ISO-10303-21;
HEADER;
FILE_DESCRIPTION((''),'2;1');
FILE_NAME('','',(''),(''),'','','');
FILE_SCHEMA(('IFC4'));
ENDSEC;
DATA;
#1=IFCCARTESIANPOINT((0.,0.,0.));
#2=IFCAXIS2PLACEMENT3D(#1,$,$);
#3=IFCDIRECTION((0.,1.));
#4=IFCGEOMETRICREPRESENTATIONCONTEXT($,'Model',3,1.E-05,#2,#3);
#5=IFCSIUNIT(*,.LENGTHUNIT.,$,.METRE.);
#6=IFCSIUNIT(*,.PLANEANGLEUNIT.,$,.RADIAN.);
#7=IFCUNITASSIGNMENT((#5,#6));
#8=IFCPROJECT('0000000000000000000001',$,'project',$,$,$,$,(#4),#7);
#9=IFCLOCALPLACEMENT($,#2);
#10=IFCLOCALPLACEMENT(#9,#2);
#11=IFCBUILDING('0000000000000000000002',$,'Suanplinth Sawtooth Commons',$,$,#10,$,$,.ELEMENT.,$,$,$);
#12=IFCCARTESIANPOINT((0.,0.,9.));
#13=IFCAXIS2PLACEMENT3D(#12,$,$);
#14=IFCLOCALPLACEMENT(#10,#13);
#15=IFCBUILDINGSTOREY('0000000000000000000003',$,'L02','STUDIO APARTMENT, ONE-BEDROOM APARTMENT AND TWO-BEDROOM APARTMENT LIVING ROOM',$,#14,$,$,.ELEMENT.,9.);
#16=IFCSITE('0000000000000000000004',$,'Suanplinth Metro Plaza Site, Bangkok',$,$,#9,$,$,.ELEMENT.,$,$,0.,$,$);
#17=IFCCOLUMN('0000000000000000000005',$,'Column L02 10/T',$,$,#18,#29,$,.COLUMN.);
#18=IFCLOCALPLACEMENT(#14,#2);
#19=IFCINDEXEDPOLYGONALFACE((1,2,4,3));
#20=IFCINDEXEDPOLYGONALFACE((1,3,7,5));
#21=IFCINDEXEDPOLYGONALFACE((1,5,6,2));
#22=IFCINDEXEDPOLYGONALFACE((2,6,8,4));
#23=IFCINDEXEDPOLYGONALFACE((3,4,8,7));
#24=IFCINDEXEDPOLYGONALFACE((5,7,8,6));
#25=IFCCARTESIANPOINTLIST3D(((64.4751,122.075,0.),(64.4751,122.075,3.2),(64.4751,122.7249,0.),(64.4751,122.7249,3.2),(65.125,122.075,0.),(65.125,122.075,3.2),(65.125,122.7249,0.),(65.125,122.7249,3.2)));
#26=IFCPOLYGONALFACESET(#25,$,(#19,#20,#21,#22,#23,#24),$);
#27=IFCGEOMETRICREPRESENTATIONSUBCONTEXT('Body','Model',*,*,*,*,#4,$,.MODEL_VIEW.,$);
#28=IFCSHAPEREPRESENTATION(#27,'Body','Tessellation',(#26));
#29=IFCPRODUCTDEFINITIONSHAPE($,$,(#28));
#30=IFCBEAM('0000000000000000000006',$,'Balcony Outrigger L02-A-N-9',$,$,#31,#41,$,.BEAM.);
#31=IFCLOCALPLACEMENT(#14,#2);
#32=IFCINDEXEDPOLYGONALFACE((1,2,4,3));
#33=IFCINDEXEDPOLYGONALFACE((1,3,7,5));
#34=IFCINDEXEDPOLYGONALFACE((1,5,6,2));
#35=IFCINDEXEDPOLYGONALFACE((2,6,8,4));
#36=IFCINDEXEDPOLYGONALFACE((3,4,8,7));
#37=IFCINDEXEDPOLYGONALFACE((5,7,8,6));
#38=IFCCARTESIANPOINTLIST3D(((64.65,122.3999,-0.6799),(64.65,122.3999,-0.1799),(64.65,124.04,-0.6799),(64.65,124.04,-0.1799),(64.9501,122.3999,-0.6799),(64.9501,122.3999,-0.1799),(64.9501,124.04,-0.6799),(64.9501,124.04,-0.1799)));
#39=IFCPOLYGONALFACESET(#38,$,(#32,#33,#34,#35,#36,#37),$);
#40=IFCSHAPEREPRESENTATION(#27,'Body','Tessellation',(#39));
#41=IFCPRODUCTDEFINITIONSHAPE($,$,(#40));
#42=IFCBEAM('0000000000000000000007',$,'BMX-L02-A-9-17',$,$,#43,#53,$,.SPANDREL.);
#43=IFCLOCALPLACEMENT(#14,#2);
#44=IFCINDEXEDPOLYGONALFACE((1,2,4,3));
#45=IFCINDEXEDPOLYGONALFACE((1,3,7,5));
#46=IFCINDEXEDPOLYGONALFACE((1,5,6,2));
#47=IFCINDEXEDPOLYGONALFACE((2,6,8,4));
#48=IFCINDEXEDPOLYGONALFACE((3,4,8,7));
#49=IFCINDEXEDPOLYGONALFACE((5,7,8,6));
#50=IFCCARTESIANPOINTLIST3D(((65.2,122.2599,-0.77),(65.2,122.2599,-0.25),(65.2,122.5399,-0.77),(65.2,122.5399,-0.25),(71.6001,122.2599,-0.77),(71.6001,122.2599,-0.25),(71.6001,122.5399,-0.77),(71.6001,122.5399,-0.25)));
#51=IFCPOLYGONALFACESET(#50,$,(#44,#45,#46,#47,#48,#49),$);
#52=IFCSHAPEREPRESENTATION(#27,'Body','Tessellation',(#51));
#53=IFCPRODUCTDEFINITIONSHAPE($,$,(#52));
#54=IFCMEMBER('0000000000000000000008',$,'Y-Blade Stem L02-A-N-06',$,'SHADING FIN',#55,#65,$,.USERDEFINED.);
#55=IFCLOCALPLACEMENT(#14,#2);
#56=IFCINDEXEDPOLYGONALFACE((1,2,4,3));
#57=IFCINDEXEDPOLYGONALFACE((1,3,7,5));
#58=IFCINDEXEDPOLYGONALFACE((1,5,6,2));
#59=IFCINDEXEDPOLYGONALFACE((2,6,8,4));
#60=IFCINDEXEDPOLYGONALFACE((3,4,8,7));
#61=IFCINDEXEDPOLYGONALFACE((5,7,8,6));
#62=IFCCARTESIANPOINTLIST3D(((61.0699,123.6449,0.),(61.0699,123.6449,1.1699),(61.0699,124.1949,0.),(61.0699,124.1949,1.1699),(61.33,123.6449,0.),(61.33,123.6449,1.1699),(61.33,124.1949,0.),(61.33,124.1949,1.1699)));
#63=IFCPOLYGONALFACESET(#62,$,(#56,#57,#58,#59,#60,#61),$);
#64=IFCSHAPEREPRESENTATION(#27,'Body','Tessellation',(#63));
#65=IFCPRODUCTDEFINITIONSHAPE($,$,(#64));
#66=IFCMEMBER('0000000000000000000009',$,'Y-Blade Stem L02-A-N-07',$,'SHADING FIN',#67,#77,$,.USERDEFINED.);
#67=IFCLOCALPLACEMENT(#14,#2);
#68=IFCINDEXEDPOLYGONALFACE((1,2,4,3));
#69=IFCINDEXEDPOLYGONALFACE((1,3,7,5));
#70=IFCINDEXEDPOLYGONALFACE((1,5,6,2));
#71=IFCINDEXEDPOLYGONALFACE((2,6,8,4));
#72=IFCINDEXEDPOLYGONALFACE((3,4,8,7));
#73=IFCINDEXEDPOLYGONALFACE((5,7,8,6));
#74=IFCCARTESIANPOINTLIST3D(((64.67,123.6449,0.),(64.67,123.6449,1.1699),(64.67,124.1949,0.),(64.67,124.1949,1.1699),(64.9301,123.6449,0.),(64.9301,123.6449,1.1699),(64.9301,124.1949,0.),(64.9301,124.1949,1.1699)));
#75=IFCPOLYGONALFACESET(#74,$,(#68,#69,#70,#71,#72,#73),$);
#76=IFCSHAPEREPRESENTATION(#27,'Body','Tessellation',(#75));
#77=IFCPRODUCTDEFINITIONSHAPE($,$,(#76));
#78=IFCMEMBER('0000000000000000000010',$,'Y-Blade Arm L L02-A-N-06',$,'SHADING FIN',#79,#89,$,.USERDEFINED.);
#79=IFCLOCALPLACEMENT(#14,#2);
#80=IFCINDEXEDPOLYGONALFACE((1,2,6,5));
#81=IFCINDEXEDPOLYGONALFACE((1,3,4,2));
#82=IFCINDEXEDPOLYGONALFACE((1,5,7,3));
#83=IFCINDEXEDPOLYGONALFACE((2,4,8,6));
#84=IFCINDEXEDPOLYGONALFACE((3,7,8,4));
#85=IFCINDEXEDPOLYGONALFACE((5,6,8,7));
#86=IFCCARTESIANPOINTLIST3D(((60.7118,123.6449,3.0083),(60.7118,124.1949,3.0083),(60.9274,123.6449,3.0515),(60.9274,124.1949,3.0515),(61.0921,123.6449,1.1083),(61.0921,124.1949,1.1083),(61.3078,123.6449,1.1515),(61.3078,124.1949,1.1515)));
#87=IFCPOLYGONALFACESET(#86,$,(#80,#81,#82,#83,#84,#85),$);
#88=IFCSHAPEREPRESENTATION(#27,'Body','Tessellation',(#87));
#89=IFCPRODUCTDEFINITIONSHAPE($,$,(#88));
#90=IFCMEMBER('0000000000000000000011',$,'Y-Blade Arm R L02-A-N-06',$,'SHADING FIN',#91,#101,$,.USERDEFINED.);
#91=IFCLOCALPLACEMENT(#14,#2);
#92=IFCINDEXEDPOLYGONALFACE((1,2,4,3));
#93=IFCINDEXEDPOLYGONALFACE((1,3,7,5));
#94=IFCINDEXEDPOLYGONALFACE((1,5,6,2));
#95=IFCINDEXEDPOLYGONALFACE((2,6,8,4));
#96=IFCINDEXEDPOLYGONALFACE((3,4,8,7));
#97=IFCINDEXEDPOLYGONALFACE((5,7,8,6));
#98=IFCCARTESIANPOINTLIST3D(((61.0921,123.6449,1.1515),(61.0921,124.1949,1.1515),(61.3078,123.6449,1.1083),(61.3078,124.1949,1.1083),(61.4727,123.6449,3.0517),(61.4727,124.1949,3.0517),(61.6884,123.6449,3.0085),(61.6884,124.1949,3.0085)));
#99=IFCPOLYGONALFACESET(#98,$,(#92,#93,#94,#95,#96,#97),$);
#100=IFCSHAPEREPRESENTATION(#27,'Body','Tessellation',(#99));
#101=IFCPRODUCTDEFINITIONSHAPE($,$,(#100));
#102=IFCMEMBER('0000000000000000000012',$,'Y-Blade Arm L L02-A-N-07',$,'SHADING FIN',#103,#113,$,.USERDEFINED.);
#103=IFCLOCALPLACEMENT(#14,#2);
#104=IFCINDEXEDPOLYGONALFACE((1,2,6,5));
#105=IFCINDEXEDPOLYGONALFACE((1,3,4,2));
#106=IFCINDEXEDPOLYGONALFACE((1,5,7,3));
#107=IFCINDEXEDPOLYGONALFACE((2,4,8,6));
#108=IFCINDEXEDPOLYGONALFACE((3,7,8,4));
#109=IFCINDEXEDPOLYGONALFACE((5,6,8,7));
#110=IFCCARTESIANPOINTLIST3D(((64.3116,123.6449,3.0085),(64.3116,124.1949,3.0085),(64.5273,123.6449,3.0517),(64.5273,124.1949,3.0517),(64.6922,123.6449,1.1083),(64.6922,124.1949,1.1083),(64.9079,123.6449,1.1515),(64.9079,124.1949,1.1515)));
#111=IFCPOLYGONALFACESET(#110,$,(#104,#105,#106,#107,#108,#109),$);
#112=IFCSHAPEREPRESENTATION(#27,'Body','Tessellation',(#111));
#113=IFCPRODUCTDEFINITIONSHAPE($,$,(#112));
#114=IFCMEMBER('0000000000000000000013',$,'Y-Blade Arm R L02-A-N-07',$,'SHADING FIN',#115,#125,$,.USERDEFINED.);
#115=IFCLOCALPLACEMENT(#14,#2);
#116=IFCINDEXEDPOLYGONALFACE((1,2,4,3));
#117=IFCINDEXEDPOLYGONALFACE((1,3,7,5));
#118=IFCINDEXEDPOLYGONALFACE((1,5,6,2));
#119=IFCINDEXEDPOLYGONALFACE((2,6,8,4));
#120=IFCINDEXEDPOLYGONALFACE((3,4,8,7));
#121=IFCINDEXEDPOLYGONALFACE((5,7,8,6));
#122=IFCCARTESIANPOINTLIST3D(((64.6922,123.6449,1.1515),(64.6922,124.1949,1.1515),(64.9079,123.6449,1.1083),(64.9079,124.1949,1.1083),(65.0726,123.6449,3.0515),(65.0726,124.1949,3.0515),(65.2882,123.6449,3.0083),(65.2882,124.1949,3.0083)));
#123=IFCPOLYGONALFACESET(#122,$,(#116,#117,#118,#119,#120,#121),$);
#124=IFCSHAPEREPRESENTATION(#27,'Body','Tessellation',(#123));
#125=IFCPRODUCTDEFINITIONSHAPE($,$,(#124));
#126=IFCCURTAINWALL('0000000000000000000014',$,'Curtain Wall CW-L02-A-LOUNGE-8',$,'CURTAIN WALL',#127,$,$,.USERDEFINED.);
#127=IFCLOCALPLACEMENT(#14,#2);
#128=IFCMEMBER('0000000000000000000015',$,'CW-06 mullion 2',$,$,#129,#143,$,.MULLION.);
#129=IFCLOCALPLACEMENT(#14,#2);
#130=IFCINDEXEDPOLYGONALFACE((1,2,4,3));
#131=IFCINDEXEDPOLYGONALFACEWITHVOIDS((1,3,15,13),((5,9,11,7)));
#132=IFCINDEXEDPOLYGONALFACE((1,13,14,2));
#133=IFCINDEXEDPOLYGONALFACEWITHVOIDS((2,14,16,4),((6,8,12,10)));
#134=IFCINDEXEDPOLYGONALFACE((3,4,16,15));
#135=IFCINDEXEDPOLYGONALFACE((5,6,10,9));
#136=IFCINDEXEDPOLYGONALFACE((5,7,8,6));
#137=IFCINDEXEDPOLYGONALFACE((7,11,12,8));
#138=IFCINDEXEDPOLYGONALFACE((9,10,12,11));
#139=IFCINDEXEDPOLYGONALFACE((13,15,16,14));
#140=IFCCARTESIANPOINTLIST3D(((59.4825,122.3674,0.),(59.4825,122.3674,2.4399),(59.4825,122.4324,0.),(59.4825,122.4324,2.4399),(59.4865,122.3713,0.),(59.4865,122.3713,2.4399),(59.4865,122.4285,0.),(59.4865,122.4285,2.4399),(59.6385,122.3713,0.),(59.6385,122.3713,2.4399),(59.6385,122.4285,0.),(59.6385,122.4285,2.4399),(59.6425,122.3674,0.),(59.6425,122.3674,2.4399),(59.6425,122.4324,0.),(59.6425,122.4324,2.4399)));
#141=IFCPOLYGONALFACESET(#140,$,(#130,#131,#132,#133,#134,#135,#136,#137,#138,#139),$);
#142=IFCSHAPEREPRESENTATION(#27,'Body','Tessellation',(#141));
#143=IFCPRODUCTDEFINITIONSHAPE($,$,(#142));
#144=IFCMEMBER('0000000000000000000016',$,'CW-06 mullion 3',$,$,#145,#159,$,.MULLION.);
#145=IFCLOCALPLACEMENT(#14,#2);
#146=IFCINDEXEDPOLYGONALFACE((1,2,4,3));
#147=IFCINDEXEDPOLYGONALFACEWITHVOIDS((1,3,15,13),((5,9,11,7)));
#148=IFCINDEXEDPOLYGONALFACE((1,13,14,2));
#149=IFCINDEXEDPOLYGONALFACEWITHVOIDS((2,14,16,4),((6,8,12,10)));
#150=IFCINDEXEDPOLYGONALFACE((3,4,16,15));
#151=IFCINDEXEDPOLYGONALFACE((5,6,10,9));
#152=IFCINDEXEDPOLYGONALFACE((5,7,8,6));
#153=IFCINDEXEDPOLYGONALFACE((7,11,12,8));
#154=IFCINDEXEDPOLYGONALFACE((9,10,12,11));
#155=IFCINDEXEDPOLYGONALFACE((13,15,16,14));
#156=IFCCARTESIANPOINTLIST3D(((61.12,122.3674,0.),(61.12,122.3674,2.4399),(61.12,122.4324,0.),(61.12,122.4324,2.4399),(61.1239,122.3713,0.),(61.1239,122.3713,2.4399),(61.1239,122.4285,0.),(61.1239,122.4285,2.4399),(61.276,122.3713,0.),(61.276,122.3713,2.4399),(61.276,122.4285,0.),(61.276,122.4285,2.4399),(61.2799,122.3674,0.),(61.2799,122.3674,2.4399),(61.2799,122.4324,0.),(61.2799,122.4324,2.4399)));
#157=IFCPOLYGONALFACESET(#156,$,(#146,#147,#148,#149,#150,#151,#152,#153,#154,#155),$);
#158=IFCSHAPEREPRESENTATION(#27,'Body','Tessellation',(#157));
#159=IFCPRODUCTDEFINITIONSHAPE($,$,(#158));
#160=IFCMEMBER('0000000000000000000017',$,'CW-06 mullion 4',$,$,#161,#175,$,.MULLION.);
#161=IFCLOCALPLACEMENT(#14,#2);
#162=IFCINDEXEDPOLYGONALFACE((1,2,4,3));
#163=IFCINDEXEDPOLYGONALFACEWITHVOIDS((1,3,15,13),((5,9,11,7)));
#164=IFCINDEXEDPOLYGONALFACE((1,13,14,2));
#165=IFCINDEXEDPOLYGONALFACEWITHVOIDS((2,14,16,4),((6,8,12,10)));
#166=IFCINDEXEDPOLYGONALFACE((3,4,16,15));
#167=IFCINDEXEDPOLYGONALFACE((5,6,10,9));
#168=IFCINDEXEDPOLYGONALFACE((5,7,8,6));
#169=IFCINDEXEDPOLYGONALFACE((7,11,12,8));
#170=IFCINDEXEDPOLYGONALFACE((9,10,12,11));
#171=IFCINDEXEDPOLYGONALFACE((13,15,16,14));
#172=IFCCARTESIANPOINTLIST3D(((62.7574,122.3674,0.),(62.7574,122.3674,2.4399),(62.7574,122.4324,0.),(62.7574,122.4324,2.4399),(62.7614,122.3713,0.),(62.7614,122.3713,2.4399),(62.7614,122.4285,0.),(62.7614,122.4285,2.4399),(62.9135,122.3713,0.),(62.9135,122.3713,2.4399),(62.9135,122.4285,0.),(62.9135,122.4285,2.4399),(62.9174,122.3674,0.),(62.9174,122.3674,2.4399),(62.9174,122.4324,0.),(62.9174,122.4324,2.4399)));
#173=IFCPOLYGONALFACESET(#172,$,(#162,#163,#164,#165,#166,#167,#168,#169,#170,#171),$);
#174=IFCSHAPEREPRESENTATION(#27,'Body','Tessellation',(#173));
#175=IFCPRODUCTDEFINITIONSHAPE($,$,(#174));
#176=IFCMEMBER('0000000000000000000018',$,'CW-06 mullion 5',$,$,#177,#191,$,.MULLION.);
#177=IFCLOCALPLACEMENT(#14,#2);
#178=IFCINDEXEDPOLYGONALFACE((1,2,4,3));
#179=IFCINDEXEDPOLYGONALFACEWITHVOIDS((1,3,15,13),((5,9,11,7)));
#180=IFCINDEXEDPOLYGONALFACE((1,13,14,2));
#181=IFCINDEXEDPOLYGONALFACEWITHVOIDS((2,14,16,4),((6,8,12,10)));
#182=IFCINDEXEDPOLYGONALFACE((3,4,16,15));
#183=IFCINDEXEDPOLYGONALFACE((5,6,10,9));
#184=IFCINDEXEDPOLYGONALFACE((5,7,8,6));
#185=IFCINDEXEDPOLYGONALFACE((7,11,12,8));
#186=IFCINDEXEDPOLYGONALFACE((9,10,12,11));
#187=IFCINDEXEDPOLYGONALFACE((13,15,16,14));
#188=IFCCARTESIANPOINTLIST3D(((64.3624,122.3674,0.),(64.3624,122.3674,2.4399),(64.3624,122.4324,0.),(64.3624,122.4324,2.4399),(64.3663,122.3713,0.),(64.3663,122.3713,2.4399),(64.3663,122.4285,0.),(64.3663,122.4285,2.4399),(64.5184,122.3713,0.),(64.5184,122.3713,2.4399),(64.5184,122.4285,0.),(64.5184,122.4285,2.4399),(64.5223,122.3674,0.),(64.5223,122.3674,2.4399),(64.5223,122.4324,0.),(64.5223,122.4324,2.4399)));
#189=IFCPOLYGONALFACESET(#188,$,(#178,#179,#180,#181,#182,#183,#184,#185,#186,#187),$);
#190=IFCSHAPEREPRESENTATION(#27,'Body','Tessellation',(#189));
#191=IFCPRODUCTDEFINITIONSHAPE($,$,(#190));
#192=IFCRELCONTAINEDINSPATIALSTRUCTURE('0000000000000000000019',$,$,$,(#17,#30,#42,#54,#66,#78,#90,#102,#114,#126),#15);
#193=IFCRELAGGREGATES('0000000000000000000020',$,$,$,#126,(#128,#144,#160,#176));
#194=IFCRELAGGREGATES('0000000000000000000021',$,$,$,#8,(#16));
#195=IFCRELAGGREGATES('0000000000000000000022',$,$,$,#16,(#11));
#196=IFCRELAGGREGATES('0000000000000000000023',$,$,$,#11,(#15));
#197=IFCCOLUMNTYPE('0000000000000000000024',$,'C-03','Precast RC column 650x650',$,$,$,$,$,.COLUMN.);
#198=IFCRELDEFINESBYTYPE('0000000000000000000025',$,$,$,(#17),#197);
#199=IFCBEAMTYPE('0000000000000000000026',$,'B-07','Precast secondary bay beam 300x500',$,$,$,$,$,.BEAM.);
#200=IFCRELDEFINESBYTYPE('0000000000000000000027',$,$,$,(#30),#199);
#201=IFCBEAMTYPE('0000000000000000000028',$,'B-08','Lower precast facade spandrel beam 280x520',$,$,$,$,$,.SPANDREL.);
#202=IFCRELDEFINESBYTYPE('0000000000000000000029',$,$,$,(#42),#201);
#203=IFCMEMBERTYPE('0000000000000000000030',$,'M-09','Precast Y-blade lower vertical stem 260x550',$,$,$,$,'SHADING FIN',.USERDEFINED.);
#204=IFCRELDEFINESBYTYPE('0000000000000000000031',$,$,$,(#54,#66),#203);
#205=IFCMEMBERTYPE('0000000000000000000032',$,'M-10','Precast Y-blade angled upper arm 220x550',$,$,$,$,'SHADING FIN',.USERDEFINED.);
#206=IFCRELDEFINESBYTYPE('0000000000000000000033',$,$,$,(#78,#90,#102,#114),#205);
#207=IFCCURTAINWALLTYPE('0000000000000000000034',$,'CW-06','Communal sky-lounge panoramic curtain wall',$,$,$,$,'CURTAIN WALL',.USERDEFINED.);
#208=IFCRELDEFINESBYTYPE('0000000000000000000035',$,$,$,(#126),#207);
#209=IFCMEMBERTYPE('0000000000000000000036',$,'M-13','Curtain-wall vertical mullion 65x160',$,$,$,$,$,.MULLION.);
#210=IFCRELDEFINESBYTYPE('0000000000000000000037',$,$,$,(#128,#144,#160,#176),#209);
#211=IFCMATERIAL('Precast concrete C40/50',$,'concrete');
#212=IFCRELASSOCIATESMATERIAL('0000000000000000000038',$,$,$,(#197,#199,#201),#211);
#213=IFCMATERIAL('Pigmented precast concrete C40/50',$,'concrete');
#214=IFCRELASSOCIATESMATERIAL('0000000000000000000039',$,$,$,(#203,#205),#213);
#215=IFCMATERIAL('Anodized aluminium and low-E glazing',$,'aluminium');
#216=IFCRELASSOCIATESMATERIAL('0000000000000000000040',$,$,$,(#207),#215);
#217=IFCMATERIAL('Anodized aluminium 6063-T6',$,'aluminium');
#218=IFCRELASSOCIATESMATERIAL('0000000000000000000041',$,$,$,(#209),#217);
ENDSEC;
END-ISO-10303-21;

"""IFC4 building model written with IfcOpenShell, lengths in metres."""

from ifc_helpers import new_model, si_unit, direction, frame, origin, origin_2d, place, context, subcontext, project, spatial, rectangle, hollow_rectangle, extrude, material, material_profile, profile_set, type_object, element, aggregate, save


model = new_model("IFC4")

# Units and contexts
model_context = context("Model", 3, precision=1e-05, world=origin(), true_north=direction((0.0, 1.0)))
body_context = subcontext(model_context, "Body", "Model", "MODEL_VIEW")
ifc_project = project(units=[si_unit("LENGTHUNIT", "METRE"), si_unit("PLANEANGLEUNIT", "RADIAN")], contexts=[model_context])

# Site, building, storey
site_placement = place(None, origin())
site = spatial("IfcSite", under=ifc_project, at=site_placement, Name="Suanplinth Metro Plaza Site, Bangkok", CompositionType="ELEMENT", RefElevation=0.0)
building_placement = place(site_placement, origin())
building = spatial("IfcBuilding", under=site, at=building_placement, Name="Suanplinth Sawtooth Commons", CompositionType="ELEMENT")
storey_placement = place(building_placement, frame((0.0, 0.0, 9.0)))
storey = spatial("IfcBuildingStorey", under=building, at=storey_placement, Name="L02", Description="STUDIO APARTMENT, ONE-BEDROOM APARTMENT AND TWO-BEDROOM APARTMENT LIVING ROOM", CompositionType="ELEMENT", Elevation=9.0)

# Column
ifc_material_1 = material(Name="Precast concrete C40/50", Category="concrete")
ifc_material_profile_1 = material_profile(ifc_material_1, rectangle(XDim=0.6499, YDim=0.6499, at=origin_2d()), Name="PC-COL 650x650")
ifc_profile_set_1 = profile_set([ifc_material_profile_1], Name="Precast concrete C40/50")
column_type = type_object("IfcColumnType", Name="C-03", Description="Precast RC column 650x650", PredefinedType="COLUMN", material=ifc_profile_set_1)
column_placement = place(storey_placement, frame((64.8, 122.3999, 0.0), z_axis=(0.0, 0.0, 1.0), x_axis=(1.0, 0.0, 0.0)))
element("IfcColumn", 1, at=column_placement, inside=storey, type_object=column_type, Name="Column L02 10/T", PredefinedType="COLUMN", context=body_context, shape_type="SweptSolid", body=[
    extrude(rectangle(XDim=0.6499, YDim=0.6499, at=origin_2d()), origin(), (0.0, 0.0, 1.0), 3.2),
])

# Beams
ifc_material_profile_2 = material_profile(ifc_material_1, rectangle(XDim=0.3, YDim=0.5, at=origin_2d()), Name="PC-BM 300x500")
ifc_profile_set_2 = profile_set([ifc_material_profile_2], Name="Precast concrete C40/50")
beam_type_1 = type_object("IfcBeamType", Name="B-07", Description="Precast secondary bay beam 300x500", PredefinedType="BEAM", material=ifc_profile_set_2)
beam_1_placement = place(storey_placement, frame((64.8, 122.3999, -0.4299), z_axis=(0.0, 1.0, 0.0), x_axis=(-1.0, 0.0, 0.0)))
element("IfcBeam", 2, at=beam_1_placement, inside=storey, type_object=beam_type_1, Name="Balcony Outrigger L02-A-N-9", PredefinedType="BEAM", context=body_context, shape_type="SweptSolid", body=[
    extrude(rectangle(XDim=0.3, YDim=0.5, at=origin_2d()), origin(), (0.0, 0.0, 1.0), 1.6401),
])
ifc_material_profile_3 = material_profile(ifc_material_1, rectangle(XDim=0.28, YDim=0.52, at=origin_2d()), Name="PC-SP 280x520")
ifc_profile_set_3 = profile_set([ifc_material_profile_3], Name="Precast concrete C40/50")
beam_type_2 = type_object("IfcBeamType", Name="B-08", Description="Lower precast facade spandrel beam 280x520", PredefinedType="SPANDREL", material=ifc_profile_set_3)
beam_2_placement = place(storey_placement, frame((65.2, 122.3999, -0.51), z_axis=(1.0, 0.0, 0.0), x_axis=(0.0, 1.0, 0.0)))
element("IfcBeam", 3, at=beam_2_placement, inside=storey, type_object=beam_type_2, Name="BMX-L02-A-9-17", PredefinedType="SPANDREL", context=body_context, shape_type="SweptSolid", body=[
    extrude(rectangle(XDim=0.28, YDim=0.52, at=origin_2d()), origin(), (0.0, 0.0, 1.0), 6.4001),
])

# Members
ifc_material_2 = material(Name="Pigmented precast concrete C40/50", Category="concrete")
ifc_material_profile_4 = material_profile(ifc_material_2, rectangle(XDim=0.26, YDim=0.55, at=origin_2d()), Name="PC-FIN 260x550")
ifc_profile_set_4 = profile_set([ifc_material_profile_4], Name="Pigmented precast concrete C40/50")
member_type_1 = type_object("IfcMemberType", Name="M-09", Description="Precast Y-blade lower vertical stem 260x550", ElementType="SHADING FIN", PredefinedType="USERDEFINED", material=ifc_profile_set_4)
for number, where, z_axis, x_axis, name in (
    (4, (61.2, 123.9199, 0.0), (0.0, 0.0, 1.0), (1.0, 0.0, 0.0), "Y-Blade Stem L02-A-N-06"),
    (5, (64.8, 123.9199, 0.0), (0.0, 0.0, 1.0), (1.0, 0.0, 0.0), "Y-Blade Stem L02-A-N-07"),
):
    element("IfcMember", number, at=place(storey_placement, frame(where, z_axis=z_axis, x_axis=x_axis)), inside=storey, type_object=member_type_1, Name=name, ObjectType="SHADING FIN", PredefinedType="USERDEFINED", context=body_context, shape_type="SweptSolid", body=[
        extrude(rectangle(XDim=0.26, YDim=0.55, at=origin_2d()), origin(), (0.0, 0.0, 1.0), 1.1699),
    ])
ifc_material_profile_5 = material_profile(ifc_material_2, rectangle(XDim=0.22, YDim=0.55, at=origin_2d()), Name="PC-FIN 220x550")
ifc_profile_set_5 = profile_set([ifc_material_profile_5], Name="Pigmented precast concrete C40/50")
member_type_2 = type_object("IfcMemberType", Name="M-10", Description="Precast Y-blade angled upper arm 220x550", ElementType="SHADING FIN", PredefinedType="USERDEFINED", material=ifc_profile_set_5)
member_1_placement = place(storey_placement, frame((61.2, 123.9199, 1.1299), z_axis=(-0.196286, 0.0, 0.980547), x_axis=(0.980547, 0.0, 0.196286)))
element("IfcMember", 6, at=member_1_placement, inside=storey, type_object=member_type_2, Name="Y-Blade Arm L L02-A-N-06", ObjectType="SHADING FIN", PredefinedType="USERDEFINED", context=body_context, shape_type="SweptSolid", body=[
    extrude(rectangle(XDim=0.22, YDim=0.55, at=origin_2d()), origin(), (0.0, 0.0, 1.0), 1.9377),
])
for number, where, z_axis, x_axis, name in (
    (7, (61.2, 123.9199, 1.1299), (0.196407, 0.0, 0.980522), (-0.980522, 0.0, 0.196407), "Y-Blade Arm R L02-A-N-06"),
    (8, (64.8, 123.9199, 1.1299), (-0.196407, 0.0, 0.980522), (0.980522, 0.0, 0.196407), "Y-Blade Arm L L02-A-N-07"),
):
    element("IfcMember", number, at=place(storey_placement, frame(where, z_axis=z_axis, x_axis=x_axis)), inside=storey, type_object=member_type_2, Name=name, ObjectType="SHADING FIN", PredefinedType="USERDEFINED", context=body_context, shape_type="SweptSolid", body=[
        extrude(rectangle(XDim=0.22, YDim=0.55, at=origin_2d()), origin(), (0.0, 0.0, 1.0), 1.938),
    ])
member_2_placement = place(storey_placement, frame((64.8, 123.9199, 1.1299), z_axis=(0.196286, 0.0, 0.980547), x_axis=(-0.980547, 0.0, 0.196286)))
element("IfcMember", 9, at=member_2_placement, inside=storey, type_object=member_type_2, Name="Y-Blade Arm R L02-A-N-07", ObjectType="SHADING FIN", PredefinedType="USERDEFINED", context=body_context, shape_type="SweptSolid", body=[
    extrude(rectangle(XDim=0.22, YDim=0.55, at=origin_2d()), origin(), (0.0, 0.0, 1.0), 1.9377),
])

# Curtain wall, members
ifc_material_3 = material(Name="Anodized aluminium and low-E glazing", Category="aluminium")
curtain_wall_type = type_object("IfcCurtainWallType", Name="CW-06", Description="Communal sky-lounge panoramic curtain wall", ElementType="CURTAIN WALL", PredefinedType="USERDEFINED", material=ifc_material_3)
curtain_wall_placement = place(storey_placement, origin())
curtain_wall = element("IfcCurtainWall", 10, at=curtain_wall_placement, inside=storey, type_object=curtain_wall_type, Name="Curtain Wall CW-L02-A-LOUNGE-8", ObjectType="CURTAIN WALL", PredefinedType="USERDEFINED")
ifc_material_4 = material(Name="Anodized aluminium 6063-T6", Category="aluminium")
ifc_material_profile_6 = material_profile(ifc_material_4, hollow_rectangle(XDim=0.0649, YDim=0.1599, WallThickness=0.0039, at=origin_2d()), Name="ALU-MUL 65x160")
ifc_profile_set_6 = profile_set([ifc_material_profile_6], Name="Anodized aluminium 6063-T6")
member_type_3 = type_object("IfcMemberType", Name="M-13", Description="Curtain-wall vertical mullion 65x160", PredefinedType="MULLION", material=ifc_profile_set_6)
member_3_placement = place(storey_placement, frame((59.5625, 122.3999, 0.0), z_axis=(0.0, 0.0, 1.0), x_axis=(0.0, 1.0, 0.0)))
member_3 = element("IfcMember", 11, at=member_3_placement, type_object=member_type_3, Name="CW-06 mullion 2", PredefinedType="MULLION", context=body_context, shape_type="SweptSolid", body=[
    extrude(hollow_rectangle(XDim=0.0649, YDim=0.1599, WallThickness=0.0039, at=origin_2d()), origin(), (0.0, 0.0, 1.0), 2.4399),
])
member_4_placement = place(storey_placement, frame((61.2, 122.3999, 0.0), z_axis=(0.0, 0.0, 1.0), x_axis=(0.0, 1.0, 0.0)))
member_4 = element("IfcMember", 12, at=member_4_placement, type_object=member_type_3, Name="CW-06 mullion 3", PredefinedType="MULLION", context=body_context, shape_type="SweptSolid", body=[
    extrude(hollow_rectangle(XDim=0.0649, YDim=0.1599, WallThickness=0.0039, at=origin_2d()), origin(), (0.0, 0.0, 1.0), 2.4399),
])
member_5_placement = place(storey_placement, frame((62.8374, 122.3999, 0.0), z_axis=(0.0, 0.0, 1.0), x_axis=(0.0, 1.0, 0.0)))
member_5 = element("IfcMember", 13, at=member_5_placement, type_object=member_type_3, Name="CW-06 mullion 4", PredefinedType="MULLION", context=body_context, shape_type="SweptSolid", body=[
    extrude(hollow_rectangle(XDim=0.0649, YDim=0.1599, WallThickness=0.0039, at=origin_2d()), origin(), (0.0, 0.0, 1.0), 2.4399),
])
member_6_placement = place(storey_placement, frame((64.4424, 122.3999, 0.0), z_axis=(0.0, 0.0, 1.0), x_axis=(0.0, 1.0, 0.0)))
member_6 = element("IfcMember", 14, at=member_6_placement, type_object=member_type_3, Name="CW-06 mullion 5", PredefinedType="MULLION", context=body_context, shape_type="SweptSolid", body=[
    extrude(hollow_rectangle(XDim=0.0649, YDim=0.1599, WallThickness=0.0039, at=origin_2d()), origin(), (0.0, 0.0, 1.0), 2.4399),
])

aggregate(curtain_wall, [member_3, member_4, member_5, member_6])

save(model, "model.ifc")
